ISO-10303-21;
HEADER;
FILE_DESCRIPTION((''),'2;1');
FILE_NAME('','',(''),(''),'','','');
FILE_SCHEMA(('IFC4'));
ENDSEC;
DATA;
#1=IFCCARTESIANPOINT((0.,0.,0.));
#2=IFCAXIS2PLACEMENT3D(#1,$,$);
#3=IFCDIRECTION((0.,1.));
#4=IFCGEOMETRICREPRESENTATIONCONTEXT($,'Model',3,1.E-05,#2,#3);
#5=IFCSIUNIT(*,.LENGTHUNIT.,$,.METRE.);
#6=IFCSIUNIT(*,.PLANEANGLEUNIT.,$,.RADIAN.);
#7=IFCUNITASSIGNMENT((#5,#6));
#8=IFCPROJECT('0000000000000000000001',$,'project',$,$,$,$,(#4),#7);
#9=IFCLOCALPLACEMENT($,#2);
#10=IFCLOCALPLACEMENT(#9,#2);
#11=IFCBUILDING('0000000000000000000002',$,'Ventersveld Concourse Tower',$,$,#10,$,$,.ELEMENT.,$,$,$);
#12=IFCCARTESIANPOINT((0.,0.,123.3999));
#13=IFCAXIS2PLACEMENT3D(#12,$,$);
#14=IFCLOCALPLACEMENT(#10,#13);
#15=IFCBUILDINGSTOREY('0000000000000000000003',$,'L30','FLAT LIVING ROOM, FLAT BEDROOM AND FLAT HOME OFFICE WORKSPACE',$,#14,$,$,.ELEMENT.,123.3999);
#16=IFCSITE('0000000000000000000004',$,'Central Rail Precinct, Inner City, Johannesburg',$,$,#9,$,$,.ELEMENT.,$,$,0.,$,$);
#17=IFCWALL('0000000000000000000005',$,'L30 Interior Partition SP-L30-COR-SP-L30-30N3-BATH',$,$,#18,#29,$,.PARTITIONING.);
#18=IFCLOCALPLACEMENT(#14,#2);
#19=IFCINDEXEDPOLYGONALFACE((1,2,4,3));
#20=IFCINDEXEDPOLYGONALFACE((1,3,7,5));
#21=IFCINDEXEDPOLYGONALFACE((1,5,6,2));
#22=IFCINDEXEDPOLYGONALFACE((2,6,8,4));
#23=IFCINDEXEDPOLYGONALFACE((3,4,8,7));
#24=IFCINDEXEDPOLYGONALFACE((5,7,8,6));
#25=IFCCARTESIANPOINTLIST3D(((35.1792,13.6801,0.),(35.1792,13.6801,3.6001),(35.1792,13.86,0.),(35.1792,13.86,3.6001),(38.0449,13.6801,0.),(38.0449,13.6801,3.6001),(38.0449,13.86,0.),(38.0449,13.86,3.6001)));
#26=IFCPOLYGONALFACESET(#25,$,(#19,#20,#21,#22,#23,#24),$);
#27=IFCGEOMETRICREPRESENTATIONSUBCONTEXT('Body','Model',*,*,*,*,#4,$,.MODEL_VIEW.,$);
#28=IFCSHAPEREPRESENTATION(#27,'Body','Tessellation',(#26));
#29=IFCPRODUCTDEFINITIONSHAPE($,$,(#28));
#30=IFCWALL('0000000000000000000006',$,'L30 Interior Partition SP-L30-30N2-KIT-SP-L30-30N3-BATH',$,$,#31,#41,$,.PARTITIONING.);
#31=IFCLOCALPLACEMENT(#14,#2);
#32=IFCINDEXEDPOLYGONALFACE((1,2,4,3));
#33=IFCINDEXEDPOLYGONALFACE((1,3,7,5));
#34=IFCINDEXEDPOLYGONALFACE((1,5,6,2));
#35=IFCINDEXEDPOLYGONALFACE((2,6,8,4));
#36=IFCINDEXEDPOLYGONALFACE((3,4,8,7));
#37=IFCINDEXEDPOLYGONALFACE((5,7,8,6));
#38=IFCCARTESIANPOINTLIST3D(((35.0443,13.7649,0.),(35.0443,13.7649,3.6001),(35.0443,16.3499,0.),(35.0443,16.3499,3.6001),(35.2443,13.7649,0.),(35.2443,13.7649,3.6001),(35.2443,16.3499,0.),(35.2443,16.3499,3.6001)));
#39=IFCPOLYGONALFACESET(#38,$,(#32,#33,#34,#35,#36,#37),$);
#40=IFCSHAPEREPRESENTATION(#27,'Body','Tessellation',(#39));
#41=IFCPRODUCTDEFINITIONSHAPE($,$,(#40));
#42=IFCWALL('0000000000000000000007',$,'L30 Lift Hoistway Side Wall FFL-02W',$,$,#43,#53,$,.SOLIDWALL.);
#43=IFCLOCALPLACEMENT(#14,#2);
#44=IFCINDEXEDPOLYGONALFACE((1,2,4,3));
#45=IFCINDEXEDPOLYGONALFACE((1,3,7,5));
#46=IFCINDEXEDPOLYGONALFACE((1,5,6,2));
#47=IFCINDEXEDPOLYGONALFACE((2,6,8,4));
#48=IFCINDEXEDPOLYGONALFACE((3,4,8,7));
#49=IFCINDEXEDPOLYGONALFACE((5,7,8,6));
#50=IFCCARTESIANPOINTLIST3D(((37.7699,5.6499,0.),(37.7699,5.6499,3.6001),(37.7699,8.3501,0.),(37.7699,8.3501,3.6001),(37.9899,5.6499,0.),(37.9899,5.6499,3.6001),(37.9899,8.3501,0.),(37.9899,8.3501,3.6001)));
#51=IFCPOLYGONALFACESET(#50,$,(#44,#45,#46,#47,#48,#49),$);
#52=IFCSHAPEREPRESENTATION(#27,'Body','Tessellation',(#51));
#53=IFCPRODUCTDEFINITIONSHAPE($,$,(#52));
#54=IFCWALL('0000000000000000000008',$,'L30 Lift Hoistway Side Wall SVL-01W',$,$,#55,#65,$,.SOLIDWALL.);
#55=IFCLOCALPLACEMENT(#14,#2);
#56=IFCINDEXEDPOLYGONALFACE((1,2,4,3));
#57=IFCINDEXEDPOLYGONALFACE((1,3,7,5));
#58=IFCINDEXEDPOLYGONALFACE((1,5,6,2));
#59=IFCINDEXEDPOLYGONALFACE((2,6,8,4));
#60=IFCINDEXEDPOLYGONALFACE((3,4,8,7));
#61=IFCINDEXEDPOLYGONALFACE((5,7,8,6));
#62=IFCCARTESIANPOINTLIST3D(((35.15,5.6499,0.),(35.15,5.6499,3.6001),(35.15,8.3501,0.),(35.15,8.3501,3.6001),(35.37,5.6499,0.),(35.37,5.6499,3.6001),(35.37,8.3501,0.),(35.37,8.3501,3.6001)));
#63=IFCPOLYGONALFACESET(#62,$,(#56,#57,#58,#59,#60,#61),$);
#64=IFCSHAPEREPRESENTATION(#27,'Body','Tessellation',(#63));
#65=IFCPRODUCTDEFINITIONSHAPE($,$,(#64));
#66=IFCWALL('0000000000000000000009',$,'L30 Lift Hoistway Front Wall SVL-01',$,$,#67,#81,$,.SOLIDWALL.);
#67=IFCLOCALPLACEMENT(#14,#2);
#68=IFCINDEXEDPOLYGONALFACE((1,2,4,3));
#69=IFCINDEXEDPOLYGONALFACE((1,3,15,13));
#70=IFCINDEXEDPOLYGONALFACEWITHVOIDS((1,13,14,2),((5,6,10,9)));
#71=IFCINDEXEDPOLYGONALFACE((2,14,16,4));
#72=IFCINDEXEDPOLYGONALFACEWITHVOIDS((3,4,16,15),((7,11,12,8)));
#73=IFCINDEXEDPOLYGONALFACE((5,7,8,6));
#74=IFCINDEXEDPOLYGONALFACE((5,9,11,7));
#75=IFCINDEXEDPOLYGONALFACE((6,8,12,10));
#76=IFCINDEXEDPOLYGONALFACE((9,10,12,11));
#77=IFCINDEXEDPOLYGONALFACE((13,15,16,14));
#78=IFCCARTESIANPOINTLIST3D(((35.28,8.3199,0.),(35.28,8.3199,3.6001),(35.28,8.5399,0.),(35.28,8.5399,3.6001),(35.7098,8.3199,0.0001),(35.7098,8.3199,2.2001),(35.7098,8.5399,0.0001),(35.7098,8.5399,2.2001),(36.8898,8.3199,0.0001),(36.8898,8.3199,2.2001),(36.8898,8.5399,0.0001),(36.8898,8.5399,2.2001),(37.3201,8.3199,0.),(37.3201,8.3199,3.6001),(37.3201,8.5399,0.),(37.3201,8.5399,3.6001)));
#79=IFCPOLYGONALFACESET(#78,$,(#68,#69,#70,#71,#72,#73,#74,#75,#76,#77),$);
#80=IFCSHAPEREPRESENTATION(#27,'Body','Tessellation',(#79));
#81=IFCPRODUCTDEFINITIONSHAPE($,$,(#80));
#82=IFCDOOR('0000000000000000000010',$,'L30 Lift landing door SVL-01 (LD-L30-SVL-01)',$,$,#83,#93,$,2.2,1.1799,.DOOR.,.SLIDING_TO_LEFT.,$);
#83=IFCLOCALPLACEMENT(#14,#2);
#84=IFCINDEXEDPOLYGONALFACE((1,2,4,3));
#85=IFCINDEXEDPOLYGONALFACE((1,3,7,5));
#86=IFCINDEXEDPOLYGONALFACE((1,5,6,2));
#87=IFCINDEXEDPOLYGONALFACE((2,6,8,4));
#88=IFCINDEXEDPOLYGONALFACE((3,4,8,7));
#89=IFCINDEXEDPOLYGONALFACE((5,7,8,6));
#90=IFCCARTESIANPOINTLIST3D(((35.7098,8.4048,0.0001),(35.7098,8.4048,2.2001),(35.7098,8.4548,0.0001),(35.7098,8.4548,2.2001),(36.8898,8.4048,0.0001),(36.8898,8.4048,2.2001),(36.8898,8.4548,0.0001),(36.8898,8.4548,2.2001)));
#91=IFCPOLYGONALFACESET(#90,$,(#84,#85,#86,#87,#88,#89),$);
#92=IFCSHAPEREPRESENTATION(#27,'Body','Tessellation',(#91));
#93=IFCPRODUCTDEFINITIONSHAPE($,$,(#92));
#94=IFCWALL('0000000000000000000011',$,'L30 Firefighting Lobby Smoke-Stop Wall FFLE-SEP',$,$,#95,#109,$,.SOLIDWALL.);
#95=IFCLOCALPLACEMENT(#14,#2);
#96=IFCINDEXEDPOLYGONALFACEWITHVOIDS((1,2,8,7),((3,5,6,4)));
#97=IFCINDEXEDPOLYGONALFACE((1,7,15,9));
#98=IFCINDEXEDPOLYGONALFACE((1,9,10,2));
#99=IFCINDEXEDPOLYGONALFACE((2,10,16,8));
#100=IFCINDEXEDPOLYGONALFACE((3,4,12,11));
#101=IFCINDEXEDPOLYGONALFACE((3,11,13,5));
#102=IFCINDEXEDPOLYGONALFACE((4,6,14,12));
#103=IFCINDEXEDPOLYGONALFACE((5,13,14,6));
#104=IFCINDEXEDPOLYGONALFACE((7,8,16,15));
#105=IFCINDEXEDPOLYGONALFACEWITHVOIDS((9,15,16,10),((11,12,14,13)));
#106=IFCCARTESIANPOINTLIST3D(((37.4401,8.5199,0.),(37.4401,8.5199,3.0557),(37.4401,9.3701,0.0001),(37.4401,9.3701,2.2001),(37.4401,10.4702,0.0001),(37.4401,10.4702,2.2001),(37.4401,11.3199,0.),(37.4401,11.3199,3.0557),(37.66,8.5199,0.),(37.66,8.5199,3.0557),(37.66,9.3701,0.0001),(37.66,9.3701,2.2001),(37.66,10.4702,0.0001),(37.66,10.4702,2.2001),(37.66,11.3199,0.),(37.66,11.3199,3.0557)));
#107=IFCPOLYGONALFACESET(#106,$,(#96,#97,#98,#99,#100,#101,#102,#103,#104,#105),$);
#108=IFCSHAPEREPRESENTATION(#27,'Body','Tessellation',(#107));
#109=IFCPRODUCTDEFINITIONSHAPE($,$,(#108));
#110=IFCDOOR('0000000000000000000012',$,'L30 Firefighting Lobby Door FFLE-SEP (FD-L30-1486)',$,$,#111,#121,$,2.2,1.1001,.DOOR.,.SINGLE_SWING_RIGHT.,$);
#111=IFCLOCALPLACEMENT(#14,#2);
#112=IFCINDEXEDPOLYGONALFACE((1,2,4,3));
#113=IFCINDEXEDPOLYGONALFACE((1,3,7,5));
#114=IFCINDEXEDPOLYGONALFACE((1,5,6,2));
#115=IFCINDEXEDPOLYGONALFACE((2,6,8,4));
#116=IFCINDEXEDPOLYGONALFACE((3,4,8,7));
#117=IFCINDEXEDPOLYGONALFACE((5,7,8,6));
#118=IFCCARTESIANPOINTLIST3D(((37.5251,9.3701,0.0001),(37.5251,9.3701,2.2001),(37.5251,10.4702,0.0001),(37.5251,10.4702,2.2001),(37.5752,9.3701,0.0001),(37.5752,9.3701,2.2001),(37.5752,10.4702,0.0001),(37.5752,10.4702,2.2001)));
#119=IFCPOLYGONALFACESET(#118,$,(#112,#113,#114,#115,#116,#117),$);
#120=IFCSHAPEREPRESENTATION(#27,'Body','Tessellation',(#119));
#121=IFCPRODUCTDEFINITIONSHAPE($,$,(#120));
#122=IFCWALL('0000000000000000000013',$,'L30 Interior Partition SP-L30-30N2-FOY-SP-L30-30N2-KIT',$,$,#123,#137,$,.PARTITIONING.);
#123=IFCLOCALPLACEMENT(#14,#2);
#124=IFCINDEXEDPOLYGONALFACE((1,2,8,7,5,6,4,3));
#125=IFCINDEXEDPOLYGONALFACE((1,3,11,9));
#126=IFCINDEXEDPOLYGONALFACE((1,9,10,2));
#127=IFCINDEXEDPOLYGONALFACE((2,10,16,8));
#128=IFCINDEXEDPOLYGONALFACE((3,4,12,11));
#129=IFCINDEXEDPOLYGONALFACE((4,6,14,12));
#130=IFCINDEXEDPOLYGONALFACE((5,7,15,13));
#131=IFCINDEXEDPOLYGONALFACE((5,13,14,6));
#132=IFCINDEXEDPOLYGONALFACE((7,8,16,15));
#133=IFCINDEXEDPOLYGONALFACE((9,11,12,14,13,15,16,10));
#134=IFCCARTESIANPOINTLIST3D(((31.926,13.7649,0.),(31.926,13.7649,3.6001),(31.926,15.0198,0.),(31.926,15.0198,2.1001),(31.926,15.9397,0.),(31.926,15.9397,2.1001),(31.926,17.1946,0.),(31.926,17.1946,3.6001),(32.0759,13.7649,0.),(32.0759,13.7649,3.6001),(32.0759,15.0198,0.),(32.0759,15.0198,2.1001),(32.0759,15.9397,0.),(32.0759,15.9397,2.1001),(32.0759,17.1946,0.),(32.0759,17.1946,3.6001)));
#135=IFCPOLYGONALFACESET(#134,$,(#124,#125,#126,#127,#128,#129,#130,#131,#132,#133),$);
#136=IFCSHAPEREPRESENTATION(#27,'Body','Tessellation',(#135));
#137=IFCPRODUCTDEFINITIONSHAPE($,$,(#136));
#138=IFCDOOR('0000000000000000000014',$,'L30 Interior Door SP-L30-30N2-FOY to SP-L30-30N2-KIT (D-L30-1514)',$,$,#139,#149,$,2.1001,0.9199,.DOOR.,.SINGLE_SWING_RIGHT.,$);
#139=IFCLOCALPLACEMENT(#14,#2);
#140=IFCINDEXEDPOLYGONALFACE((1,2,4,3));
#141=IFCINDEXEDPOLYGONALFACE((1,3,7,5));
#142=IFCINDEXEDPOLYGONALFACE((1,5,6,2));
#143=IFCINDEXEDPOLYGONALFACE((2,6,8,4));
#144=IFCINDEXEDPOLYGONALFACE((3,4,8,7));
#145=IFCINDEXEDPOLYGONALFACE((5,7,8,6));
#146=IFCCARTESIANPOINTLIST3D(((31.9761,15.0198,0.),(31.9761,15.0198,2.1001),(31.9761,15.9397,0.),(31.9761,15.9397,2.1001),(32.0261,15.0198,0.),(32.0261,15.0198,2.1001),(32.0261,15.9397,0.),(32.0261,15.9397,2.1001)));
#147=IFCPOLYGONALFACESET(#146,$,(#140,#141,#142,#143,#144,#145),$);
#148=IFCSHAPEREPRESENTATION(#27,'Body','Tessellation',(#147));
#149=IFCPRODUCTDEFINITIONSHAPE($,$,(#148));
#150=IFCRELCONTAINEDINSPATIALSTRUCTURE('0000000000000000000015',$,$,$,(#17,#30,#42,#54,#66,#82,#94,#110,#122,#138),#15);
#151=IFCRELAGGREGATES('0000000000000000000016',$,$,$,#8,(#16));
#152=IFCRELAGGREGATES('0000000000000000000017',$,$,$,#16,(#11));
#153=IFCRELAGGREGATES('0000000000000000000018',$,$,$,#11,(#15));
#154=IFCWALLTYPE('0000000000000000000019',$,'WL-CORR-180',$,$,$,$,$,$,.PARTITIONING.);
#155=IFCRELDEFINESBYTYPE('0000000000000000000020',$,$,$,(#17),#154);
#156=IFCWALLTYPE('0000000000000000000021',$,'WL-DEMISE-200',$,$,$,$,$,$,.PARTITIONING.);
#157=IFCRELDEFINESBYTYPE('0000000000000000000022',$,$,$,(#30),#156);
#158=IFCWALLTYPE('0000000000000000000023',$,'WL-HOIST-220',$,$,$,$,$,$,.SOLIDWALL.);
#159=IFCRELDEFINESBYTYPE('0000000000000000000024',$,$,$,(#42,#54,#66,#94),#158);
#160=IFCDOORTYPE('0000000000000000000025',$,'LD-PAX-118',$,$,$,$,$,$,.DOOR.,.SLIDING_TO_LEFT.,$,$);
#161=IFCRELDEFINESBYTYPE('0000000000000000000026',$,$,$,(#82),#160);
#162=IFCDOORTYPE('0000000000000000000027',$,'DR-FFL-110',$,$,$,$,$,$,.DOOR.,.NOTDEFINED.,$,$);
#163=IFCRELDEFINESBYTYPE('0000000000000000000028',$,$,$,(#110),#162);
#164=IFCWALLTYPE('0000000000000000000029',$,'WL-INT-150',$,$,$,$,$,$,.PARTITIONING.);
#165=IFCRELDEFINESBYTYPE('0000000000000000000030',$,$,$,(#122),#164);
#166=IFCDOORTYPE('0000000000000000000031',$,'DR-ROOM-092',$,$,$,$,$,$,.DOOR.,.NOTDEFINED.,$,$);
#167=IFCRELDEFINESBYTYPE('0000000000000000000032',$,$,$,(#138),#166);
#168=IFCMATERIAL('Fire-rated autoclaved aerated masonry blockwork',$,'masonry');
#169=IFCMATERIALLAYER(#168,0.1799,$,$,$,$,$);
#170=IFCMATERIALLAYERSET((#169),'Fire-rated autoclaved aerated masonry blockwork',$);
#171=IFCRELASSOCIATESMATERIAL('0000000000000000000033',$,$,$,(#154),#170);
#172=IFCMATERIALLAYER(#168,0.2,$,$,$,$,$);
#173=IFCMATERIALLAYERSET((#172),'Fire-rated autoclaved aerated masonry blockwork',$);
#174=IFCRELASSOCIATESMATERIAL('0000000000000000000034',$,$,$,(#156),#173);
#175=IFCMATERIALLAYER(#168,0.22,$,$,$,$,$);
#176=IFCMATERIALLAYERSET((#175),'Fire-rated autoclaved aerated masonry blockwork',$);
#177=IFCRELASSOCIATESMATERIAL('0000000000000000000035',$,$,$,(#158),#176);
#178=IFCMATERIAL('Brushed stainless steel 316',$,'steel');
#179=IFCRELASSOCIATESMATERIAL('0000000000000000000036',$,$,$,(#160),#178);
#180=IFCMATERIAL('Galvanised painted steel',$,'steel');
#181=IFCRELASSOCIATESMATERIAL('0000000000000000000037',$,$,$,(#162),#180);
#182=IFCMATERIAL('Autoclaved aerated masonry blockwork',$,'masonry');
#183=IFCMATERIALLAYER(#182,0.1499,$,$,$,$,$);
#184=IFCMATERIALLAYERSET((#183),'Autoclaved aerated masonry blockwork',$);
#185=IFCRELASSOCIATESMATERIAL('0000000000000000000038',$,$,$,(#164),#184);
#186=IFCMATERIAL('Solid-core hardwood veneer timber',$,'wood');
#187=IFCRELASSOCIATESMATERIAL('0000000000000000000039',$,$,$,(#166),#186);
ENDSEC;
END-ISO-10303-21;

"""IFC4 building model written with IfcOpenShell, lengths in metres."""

from ifc_helpers import new_model, si_unit, direction, frame, frame_2d, origin, place, context, subcontext, project, spatial, rectangle, extrude, material, layer, layer_set, type_object, element, fill, save


model = new_model("IFC4")

# Units and contexts
model_context = context("Model", 3, precision=1e-05, world=origin(), true_north=direction((0.0, 1.0)))
body_context = subcontext(model_context, "Body", "Model", "MODEL_VIEW")
ifc_project = project(units=[si_unit("LENGTHUNIT", "METRE"), si_unit("PLANEANGLEUNIT", "RADIAN")], contexts=[model_context])

# Site, building, storey
site_placement = place(None, origin())
site = spatial("IfcSite", under=ifc_project, at=site_placement, Name="Central Rail Precinct, Inner City, Johannesburg", CompositionType="ELEMENT", RefElevation=0.0)
building_placement = place(site_placement, origin())
building = spatial("IfcBuilding", under=site, at=building_placement, Name="Ventersveld Concourse Tower", CompositionType="ELEMENT")
storey_placement = place(building_placement, frame((0.0, 0.0, 123.3999)))
storey = spatial("IfcBuildingStorey", under=building, at=storey_placement, Name="L30", Description="FLAT LIVING ROOM, FLAT BEDROOM AND FLAT HOME OFFICE WORKSPACE", CompositionType="ELEMENT", Elevation=123.3999)

# Shared definitions
ifc_material_1 = material(Name="Fire-rated autoclaved aerated masonry blockwork", Category="masonry")
ifc_layer_1 = layer(ifc_material_1, 0.1799)
ifc_layer_set_1 = layer_set([ifc_layer_1], Name="Fire-rated autoclaved aerated masonry blockwork")
wall_type_1 = type_object("IfcWallType", Name="WL-CORR-180", PredefinedType="PARTITIONING", material=ifc_layer_set_1)
ifc_material_2 = material(Name="Galvanised painted steel", Category="steel")

# Walls
wall_1_placement = place(storey_placement, frame((35.1792, 13.77, 0.0), z_axis=(0.0, 0.0, 1.0), x_axis=(1.0, 0.0, 0.0)))
element("IfcWall", 1, at=wall_1_placement, inside=storey, type_object=wall_type_1, Name="L30 Interior Partition SP-L30-COR-SP-L30-30N3-BATH", PredefinedType="PARTITIONING", context=body_context, shape_type="SweptSolid", body=[
    extrude(rectangle(XDim=2.8657, YDim=0.1799, at=frame_2d((1.4329, 0.0))), origin(), (0.0, 0.0, 1.0), 3.6001),
])
ifc_layer_2 = layer(ifc_material_1, 0.2)
ifc_layer_set_2 = layer_set([ifc_layer_2], Name="Fire-rated autoclaved aerated masonry blockwork")
wall_type_2 = type_object("IfcWallType", Name="WL-DEMISE-200", PredefinedType="PARTITIONING", material=ifc_layer_set_2)
wall_2_placement = place(storey_placement, frame((35.1443, 13.7649, 0.0), z_axis=(0.0, 0.0, 1.0), x_axis=(0.0, 1.0, 0.0)))
element("IfcWall", 2, at=wall_2_placement, inside=storey, type_object=wall_type_2, Name="L30 Interior Partition SP-L30-30N2-KIT-SP-L30-30N3-BATH", PredefinedType="PARTITIONING", context=body_context, shape_type="SweptSolid", body=[
    extrude(rectangle(XDim=2.585, YDim=0.2, at=frame_2d((1.2925, 0.0))), origin(), (0.0, 0.0, 1.0), 3.6001),
])
ifc_layer_3 = layer(ifc_material_1, 0.22)
ifc_layer_set_3 = layer_set([ifc_layer_3], Name="Fire-rated autoclaved aerated masonry blockwork")
wall_type_3 = type_object("IfcWallType", Name="WL-HOIST-220", PredefinedType="SOLIDWALL", material=ifc_layer_set_3)
for number, where, z_axis, x_axis, name in (
    (3, (37.8799, 5.6499, 0.0), (0.0, 0.0, 1.0), (0.0, 1.0, 0.0), "L30 Lift Hoistway Side Wall FFL-02W"),
    (4, (35.26, 5.6499, 0.0), (0.0, 0.0, 1.0), (0.0, 1.0, 0.0), "L30 Lift Hoistway Side Wall SVL-01W"),
):
    element("IfcWall", number, at=place(storey_placement, frame(where, z_axis=z_axis, x_axis=x_axis)), inside=storey, type_object=wall_type_3, Name=name, PredefinedType="SOLIDWALL", context=body_context, shape_type="SweptSolid", body=[
        extrude(rectangle(XDim=2.7002, YDim=0.22, at=frame_2d((1.3501, 0.0))), origin(), (0.0, 0.0, 1.0), 3.6001),
    ])

# Walls, openings, doors
wall_3_placement = place(storey_placement, frame((35.28, 8.4299, 0.0), z_axis=(0.0, 0.0, 1.0), x_axis=(1.0, 0.0, 0.0)))
wall_3 = element("IfcWall", 5, at=wall_3_placement, inside=storey, type_object=wall_type_3, Name="L30 Lift Hoistway Front Wall SVL-01", PredefinedType="SOLIDWALL", context=body_context, shape_type="SweptSolid", body=[
    extrude(rectangle(XDim=2.04, YDim=0.22, at=frame_2d((1.02, 0.0))), origin(), (0.0, 0.0, 1.0), 3.6001),
])
opening_1_placement = place(wall_3_placement, frame((0.4299, 0.0, 0.0)))
opening_1 = element("IfcOpeningElement", 6, at=opening_1_placement, cuts=wall_3, PredefinedType="OPENING", context=body_context, shape_type="SweptSolid", body=[
    extrude(rectangle(XDim=1.1799, YDim=2.2, at=frame_2d((0.5898, 1.1001))), frame((0.0, 0.1201, 0.0), z_axis=(0.0, -1.0, 0.0), x_axis=(1.0, 0.0, 0.0)), (0.0, 0.0, 1.0), 0.24),
])
ifc_material_3 = material(Name="Brushed stainless steel 316", Category="steel")
door_type_1 = type_object("IfcDoorType", Name="LD-PAX-118", OperationType="SLIDING_TO_LEFT", PredefinedType="DOOR", material=ifc_material_3)
door_1_placement = place(opening_1_placement, origin())
door_1 = element("IfcDoor", 7, at=door_1_placement, inside=storey, type_object=door_type_1, Name="L30 Lift landing door SVL-01 (LD-L30-SVL-01)", OperationType="SLIDING_TO_LEFT", OverallHeight=2.2, OverallWidth=1.1799, PredefinedType="DOOR", context=body_context, shape_type="SweptSolid", body=[
    extrude(rectangle(XDim=1.1799, YDim=2.2, at=frame_2d((0.5898, 1.1001))), frame((0.0, 0.0249, 0.0), z_axis=(0.0, -1.0, 0.0), x_axis=(1.0, 0.0, 0.0)), (0.0, 0.0, 1.0), 0.05),
])
fill(opening_1, door_1)
wall_4_placement = place(storey_placement, frame((37.55, 8.52, 0.0), z_axis=(0.0, 0.0, 1.0), x_axis=(0.0, 1.0, 0.0)))
wall_4 = element("IfcWall", 8, at=wall_4_placement, inside=storey, type_object=wall_type_3, Name="L30 Firefighting Lobby Smoke-Stop Wall FFLE-SEP", PredefinedType="SOLIDWALL", context=body_context, shape_type="SweptSolid", body=[
    extrude(rectangle(XDim=2.8, YDim=0.22, at=frame_2d((1.3999, 0.0))), origin(), (0.0, 0.0, 1.0), 3.0557),
])
opening_2_placement = place(wall_4_placement, frame((0.8501, 0.0, 0.0)))
opening_2 = element("IfcOpeningElement", 9, at=opening_2_placement, cuts=wall_4, PredefinedType="OPENING", context=body_context, shape_type="SweptSolid", body=[
    extrude(rectangle(XDim=1.1001, YDim=2.2, at=frame_2d((0.55, 1.1001))), frame((0.0, 0.1201, 0.0), z_axis=(0.0, -1.0, 0.0), x_axis=(1.0, 0.0, 0.0)), (0.0, 0.0, 1.0), 0.24),
])
door_type_2 = type_object("IfcDoorType", Name="DR-FFL-110", OperationType="NOTDEFINED", PredefinedType="DOOR", material=ifc_material_2)
door_2_placement = place(opening_2_placement, origin())
door_2 = element("IfcDoor", 10, at=door_2_placement, inside=storey, type_object=door_type_2, Name="L30 Firefighting Lobby Door FFLE-SEP (FD-L30-1486)", OperationType="SINGLE_SWING_RIGHT", OverallHeight=2.2, OverallWidth=1.1001, PredefinedType="DOOR", context=body_context, shape_type="SweptSolid", body=[
    extrude(rectangle(XDim=1.1001, YDim=2.2, at=frame_2d((0.55, 1.1001))), frame((0.0, 0.0249, 0.0), z_axis=(0.0, -1.0, 0.0), x_axis=(1.0, 0.0, 0.0)), (0.0, 0.0, 1.0), 0.05),
])
fill(opening_2, door_2)
ifc_material_4 = material(Name="Autoclaved aerated masonry blockwork", Category="masonry")
ifc_layer_4 = layer(ifc_material_4, 0.1499)
ifc_layer_set_4 = layer_set([ifc_layer_4], Name="Autoclaved aerated masonry blockwork")
wall_type_4 = type_object("IfcWallType", Name="WL-INT-150", PredefinedType="PARTITIONING", material=ifc_layer_set_4)
wall_5_placement = place(storey_placement, frame((32.001, 13.7649, 0.0), z_axis=(0.0, 0.0, 1.0), x_axis=(0.0, 1.0, 0.0)))
wall_5 = element("IfcWall", 11, at=wall_5_placement, inside=storey, type_object=wall_type_4, Name="L30 Interior Partition SP-L30-30N2-FOY-SP-L30-30N2-KIT", PredefinedType="PARTITIONING", context=body_context, shape_type="SweptSolid", body=[
    extrude(rectangle(XDim=3.4297, YDim=0.1499, at=frame_2d((1.7148, 0.0))), origin(), (0.0, 0.0, 1.0), 3.6001),
])
opening_3_placement = place(wall_5_placement, frame((1.2549, 0.0, 0.0)))
opening_3 = element("IfcOpeningElement", 12, at=opening_3_placement, cuts=wall_5, PredefinedType="OPENING", context=body_context, shape_type="SweptSolid", body=[
    extrude(rectangle(XDim=0.9199, YDim=2.1001, at=frame_2d((0.46, 1.05))), frame((0.0, 0.085, 0.0), z_axis=(0.0, -1.0, 0.0), x_axis=(1.0, 0.0, 0.0)), (0.0, 0.0, 1.0), 0.1699),
])
ifc_material_5 = material(Name="Solid-core hardwood veneer timber", Category="wood")
door_type_3 = type_object("IfcDoorType", Name="DR-ROOM-092", OperationType="NOTDEFINED", PredefinedType="DOOR", material=ifc_material_5)
door_3_placement = place(opening_3_placement, origin())
door_3 = element("IfcDoor", 13, at=door_3_placement, inside=storey, type_object=door_type_3, Name="L30 Interior Door SP-L30-30N2-FOY to SP-L30-30N2-KIT (D-L30-1514)", OperationType="SINGLE_SWING_RIGHT", OverallHeight=2.1001, OverallWidth=0.9199, PredefinedType="DOOR", context=body_context, shape_type="SweptSolid", body=[
    extrude(rectangle(XDim=0.9199, YDim=2.1001, at=frame_2d((0.46, 1.05))), frame((0.0, 0.0249, 0.0), z_axis=(0.0, -1.0, 0.0), x_axis=(1.0, 0.0, 0.0)), (0.0, 0.0, 1.0), 0.05),
])
fill(opening_3, door_3)

save(model, "model.ifc")
